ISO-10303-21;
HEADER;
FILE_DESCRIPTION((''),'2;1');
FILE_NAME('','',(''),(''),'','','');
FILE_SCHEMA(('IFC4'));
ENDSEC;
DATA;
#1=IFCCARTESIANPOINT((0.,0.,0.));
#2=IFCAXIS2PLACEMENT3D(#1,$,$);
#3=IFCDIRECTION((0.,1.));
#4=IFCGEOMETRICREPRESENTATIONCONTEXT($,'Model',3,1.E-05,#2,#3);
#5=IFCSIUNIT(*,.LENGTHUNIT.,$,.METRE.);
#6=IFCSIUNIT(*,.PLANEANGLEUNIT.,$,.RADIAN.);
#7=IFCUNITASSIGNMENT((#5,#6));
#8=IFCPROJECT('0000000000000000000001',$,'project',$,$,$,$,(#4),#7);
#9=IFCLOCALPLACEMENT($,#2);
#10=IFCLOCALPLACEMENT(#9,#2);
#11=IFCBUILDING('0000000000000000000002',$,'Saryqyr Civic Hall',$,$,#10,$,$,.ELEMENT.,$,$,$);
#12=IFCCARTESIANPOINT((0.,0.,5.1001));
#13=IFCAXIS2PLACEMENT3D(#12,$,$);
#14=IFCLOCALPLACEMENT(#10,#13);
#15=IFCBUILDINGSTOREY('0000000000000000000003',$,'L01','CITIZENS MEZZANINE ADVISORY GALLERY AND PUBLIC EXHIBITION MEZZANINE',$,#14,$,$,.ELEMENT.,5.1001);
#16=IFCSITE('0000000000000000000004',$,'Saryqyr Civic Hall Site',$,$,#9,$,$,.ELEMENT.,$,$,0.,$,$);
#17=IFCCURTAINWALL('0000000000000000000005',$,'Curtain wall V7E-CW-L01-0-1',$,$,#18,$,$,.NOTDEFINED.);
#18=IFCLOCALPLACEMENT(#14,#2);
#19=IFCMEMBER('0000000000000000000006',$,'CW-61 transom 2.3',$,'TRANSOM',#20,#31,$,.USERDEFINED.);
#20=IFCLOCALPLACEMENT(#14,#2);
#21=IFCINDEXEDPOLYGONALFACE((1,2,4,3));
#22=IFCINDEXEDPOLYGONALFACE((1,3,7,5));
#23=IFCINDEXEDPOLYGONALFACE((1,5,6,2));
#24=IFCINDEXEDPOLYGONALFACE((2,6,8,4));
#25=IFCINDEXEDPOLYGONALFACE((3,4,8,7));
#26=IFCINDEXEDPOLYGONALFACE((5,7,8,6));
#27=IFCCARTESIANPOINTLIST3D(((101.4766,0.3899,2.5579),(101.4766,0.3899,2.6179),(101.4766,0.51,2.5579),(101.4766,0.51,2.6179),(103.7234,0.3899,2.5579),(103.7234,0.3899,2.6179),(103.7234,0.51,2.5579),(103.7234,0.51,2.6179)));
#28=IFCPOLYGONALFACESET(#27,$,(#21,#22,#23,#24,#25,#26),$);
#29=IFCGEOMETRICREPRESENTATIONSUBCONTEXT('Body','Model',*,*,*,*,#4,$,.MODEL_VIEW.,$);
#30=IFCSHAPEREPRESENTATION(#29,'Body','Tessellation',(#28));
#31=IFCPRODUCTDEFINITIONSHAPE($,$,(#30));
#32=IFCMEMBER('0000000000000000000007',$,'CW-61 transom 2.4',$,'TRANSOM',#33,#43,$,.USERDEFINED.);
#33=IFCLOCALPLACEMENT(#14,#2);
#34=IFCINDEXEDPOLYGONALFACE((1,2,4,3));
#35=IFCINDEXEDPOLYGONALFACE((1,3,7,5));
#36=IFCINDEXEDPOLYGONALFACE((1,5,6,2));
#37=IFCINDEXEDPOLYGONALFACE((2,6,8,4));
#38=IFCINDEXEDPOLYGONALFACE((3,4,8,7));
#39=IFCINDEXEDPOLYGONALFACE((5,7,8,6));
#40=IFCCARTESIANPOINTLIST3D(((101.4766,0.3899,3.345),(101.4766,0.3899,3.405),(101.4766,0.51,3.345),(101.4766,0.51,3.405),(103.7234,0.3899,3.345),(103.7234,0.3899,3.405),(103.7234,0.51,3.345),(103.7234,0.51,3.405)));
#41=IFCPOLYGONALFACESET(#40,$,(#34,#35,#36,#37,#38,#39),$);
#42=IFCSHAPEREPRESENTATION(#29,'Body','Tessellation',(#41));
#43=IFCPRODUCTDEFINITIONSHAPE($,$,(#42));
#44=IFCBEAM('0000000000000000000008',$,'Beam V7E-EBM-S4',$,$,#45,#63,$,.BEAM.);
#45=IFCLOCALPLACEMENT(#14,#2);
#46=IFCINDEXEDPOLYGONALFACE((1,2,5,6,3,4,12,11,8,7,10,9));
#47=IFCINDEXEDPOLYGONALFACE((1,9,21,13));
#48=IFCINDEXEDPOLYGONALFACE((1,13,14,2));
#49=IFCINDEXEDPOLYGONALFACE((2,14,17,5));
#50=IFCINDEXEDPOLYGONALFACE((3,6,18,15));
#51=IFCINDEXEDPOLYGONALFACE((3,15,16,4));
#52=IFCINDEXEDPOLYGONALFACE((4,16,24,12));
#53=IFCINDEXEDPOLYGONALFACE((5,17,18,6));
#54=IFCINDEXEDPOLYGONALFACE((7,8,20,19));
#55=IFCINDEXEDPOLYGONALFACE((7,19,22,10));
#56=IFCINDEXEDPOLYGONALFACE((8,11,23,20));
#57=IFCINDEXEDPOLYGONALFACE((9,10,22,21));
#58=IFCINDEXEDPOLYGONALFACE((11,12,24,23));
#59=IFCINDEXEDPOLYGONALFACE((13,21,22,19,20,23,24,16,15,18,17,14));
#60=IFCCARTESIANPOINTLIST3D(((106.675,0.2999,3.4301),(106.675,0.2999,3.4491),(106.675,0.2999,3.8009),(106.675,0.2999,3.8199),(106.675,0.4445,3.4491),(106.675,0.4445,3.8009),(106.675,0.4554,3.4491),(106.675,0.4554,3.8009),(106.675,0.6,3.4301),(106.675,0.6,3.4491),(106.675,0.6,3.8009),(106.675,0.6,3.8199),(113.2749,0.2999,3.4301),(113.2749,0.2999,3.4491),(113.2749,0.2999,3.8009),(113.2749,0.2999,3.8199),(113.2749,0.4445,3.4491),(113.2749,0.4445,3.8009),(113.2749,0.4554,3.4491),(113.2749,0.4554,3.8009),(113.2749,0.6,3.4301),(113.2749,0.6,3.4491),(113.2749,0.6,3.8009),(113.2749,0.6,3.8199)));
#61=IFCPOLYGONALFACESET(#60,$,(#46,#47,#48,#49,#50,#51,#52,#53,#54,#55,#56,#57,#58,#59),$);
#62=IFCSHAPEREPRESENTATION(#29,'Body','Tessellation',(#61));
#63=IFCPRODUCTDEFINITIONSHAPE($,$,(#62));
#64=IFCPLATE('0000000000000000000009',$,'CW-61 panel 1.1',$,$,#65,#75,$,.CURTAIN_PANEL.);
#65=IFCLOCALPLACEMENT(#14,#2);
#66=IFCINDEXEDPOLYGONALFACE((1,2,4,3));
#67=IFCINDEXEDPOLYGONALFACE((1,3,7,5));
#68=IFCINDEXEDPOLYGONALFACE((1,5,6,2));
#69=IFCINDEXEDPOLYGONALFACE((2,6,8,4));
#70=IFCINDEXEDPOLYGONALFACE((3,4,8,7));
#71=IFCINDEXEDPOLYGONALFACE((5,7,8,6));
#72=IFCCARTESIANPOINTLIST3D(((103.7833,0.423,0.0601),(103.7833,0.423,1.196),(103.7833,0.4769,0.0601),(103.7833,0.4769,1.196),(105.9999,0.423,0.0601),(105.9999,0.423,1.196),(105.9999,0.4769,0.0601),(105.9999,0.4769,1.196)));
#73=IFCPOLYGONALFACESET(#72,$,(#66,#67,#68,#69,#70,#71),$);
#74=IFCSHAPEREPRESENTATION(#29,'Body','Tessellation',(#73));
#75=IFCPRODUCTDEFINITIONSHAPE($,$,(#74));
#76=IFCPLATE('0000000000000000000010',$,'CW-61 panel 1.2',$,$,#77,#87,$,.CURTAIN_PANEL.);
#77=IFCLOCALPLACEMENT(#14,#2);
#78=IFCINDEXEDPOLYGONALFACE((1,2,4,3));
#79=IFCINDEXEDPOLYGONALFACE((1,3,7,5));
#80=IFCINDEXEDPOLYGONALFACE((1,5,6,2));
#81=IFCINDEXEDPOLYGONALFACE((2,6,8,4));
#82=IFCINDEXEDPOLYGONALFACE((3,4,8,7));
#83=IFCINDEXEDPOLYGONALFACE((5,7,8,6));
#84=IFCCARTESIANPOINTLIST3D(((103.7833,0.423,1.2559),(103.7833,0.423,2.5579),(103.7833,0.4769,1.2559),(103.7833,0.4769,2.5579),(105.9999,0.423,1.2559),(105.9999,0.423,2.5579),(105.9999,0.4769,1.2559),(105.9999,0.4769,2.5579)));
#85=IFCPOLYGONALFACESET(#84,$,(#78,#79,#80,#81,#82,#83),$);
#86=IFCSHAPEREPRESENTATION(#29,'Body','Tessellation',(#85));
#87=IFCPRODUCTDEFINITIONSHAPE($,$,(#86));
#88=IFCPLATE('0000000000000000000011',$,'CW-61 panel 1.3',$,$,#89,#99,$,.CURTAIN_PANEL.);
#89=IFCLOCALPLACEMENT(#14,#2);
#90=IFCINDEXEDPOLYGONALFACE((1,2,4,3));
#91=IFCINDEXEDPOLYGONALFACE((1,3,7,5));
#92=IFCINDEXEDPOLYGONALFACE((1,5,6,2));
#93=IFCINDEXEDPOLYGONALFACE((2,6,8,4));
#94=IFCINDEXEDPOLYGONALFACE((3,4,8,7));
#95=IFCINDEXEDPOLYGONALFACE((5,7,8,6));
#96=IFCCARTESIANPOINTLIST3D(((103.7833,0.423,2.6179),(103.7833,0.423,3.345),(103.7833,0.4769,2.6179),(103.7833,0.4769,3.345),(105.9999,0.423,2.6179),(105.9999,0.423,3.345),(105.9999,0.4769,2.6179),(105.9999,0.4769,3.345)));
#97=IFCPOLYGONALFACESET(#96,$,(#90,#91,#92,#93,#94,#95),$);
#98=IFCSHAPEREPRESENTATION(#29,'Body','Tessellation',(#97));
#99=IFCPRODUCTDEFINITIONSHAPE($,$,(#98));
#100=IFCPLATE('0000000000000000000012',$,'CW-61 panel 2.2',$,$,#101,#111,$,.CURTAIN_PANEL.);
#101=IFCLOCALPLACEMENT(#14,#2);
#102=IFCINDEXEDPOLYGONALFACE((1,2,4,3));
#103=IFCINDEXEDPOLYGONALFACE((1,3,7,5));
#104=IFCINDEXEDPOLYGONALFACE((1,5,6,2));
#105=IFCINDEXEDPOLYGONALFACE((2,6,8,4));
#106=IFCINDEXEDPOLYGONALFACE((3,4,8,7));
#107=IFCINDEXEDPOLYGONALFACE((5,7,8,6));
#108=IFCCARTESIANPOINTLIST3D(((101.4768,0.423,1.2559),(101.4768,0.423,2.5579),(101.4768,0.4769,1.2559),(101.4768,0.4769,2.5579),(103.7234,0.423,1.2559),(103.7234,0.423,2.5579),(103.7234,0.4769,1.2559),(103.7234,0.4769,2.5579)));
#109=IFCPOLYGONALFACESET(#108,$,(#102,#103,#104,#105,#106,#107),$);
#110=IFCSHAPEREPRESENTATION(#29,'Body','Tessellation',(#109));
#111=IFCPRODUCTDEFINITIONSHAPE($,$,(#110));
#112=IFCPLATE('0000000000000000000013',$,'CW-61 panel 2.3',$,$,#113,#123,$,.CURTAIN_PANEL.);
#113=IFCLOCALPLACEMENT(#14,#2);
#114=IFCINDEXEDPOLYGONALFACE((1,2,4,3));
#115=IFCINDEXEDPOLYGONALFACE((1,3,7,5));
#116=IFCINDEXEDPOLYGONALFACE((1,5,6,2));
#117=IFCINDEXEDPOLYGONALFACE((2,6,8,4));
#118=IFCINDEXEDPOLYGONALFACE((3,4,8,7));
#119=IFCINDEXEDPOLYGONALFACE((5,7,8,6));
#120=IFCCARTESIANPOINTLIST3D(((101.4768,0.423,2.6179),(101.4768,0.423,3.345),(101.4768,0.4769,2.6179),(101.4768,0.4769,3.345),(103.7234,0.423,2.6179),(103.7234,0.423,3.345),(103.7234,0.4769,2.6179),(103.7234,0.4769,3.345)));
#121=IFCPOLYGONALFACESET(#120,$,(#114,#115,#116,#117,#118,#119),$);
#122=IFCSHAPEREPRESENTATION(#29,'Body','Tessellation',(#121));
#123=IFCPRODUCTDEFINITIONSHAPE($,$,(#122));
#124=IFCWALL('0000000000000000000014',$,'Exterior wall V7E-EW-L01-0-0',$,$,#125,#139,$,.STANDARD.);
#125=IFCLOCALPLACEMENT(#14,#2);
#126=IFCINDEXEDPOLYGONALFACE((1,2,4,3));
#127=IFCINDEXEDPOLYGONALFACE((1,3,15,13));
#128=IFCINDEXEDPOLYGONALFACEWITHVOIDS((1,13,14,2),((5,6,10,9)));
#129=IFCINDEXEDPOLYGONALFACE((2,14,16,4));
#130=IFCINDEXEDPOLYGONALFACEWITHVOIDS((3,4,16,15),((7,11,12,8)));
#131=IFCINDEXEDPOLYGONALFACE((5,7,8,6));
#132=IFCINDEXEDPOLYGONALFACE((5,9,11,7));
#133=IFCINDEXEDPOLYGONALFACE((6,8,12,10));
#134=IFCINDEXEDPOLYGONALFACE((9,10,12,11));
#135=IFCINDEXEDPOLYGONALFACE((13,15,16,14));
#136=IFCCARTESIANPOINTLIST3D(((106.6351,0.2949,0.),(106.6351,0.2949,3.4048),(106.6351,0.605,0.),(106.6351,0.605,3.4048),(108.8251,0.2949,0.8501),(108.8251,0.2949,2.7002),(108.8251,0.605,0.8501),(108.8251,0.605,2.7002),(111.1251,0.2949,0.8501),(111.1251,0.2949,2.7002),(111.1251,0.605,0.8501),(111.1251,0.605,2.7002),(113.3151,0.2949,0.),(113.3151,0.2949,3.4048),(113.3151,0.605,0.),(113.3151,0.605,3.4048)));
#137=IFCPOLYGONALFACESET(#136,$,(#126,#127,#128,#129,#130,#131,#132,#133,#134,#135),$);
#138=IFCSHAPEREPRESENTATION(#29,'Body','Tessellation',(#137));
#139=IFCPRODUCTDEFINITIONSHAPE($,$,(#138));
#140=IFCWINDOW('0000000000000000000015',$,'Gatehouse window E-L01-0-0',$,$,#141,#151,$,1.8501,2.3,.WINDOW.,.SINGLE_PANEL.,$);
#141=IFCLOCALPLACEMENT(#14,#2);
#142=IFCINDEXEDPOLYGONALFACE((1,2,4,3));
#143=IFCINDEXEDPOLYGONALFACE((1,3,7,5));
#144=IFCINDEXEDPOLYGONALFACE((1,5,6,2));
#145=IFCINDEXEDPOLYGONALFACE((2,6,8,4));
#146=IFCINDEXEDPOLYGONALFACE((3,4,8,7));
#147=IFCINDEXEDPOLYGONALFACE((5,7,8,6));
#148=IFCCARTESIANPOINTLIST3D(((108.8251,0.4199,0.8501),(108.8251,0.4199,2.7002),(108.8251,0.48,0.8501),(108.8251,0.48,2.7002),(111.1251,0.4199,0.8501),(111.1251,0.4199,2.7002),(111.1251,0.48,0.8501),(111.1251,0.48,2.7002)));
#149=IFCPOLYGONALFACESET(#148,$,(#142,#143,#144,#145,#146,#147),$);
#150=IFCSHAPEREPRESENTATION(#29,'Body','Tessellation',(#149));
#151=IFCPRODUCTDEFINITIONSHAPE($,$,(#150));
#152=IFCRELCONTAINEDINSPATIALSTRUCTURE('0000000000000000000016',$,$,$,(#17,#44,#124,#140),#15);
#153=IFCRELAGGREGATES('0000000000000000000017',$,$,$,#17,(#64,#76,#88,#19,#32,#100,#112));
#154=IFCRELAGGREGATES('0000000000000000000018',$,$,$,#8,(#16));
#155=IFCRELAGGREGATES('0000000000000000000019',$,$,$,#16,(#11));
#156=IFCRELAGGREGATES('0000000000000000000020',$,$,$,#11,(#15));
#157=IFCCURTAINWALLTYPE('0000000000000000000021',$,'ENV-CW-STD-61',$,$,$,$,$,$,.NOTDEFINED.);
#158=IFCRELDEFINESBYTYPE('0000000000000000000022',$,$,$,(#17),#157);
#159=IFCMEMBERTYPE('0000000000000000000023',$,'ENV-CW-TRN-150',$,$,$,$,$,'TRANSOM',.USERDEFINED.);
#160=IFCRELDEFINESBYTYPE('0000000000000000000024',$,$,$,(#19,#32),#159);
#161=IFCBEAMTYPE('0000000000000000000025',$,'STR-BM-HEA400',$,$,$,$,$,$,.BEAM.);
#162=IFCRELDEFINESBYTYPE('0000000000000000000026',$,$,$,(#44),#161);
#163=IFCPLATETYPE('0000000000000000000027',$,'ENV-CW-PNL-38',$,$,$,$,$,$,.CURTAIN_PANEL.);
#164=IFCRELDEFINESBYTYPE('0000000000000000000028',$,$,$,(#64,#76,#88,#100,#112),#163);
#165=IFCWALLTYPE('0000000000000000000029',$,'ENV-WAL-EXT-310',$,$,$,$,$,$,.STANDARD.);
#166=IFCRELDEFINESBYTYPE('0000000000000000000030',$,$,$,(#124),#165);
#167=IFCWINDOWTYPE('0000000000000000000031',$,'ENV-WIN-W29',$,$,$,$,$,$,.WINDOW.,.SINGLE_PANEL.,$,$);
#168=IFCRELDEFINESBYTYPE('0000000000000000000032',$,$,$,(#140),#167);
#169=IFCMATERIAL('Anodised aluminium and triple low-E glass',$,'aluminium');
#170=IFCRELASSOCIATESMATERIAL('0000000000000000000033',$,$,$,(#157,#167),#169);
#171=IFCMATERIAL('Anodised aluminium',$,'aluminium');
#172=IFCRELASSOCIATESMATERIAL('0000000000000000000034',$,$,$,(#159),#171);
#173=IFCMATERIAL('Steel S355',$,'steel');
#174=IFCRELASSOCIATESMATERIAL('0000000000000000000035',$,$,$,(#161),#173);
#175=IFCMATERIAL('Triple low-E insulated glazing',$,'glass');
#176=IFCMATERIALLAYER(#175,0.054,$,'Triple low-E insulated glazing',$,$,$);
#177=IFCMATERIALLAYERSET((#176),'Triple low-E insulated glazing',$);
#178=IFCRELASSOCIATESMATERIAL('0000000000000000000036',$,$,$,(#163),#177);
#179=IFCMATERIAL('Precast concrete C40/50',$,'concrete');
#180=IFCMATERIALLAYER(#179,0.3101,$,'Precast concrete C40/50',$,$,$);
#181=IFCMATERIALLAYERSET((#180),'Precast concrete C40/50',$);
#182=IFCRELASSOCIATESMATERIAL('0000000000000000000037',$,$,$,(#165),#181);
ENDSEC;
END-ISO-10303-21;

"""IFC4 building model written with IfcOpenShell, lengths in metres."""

from ifc_helpers import new_model, si_unit, direction, frame, frame_2d, origin, origin_2d, place, context, subcontext, project, spatial, rectangle, i_section, extrude, material, layer, layer_set, material_profile, profile_set, type_object, element, fill, aggregate, save


model = new_model("IFC4")

# Units and contexts
model_context = context("Model", 3, precision=1e-05, world=origin(), true_north=direction((0.0, 1.0)))
body_context = subcontext(model_context, "Body", "Model", "MODEL_VIEW")
ifc_project = project(units=[si_unit("LENGTHUNIT", "METRE"), si_unit("PLANEANGLEUNIT", "RADIAN")], contexts=[model_context])

# Site, building, storey
site_placement = place(None, origin())
site = spatial("IfcSite", under=ifc_project, at=site_placement, Name="Saryqyr Civic Hall Site", CompositionType="ELEMENT", RefElevation=0.0)
building_placement = place(site_placement, origin())
building = spatial("IfcBuilding", under=site, at=building_placement, Name="Saryqyr Civic Hall", CompositionType="ELEMENT")
storey_placement = place(building_placement, frame((0.0, 0.0, 5.1001)))
storey = spatial("IfcBuildingStorey", under=building, at=storey_placement, Name="L01", Description="CITIZENS MEZZANINE ADVISORY GALLERY AND PUBLIC EXHIBITION MEZZANINE", CompositionType="ELEMENT", Elevation=5.1001)

# Curtain wall, members
ifc_material_1 = material(Name="Anodised aluminium and triple low-E glass", Category="aluminium")
curtain_wall_type = type_object("IfcCurtainWallType", Name="ENV-CW-STD-61", PredefinedType="NOTDEFINED", material=ifc_material_1)
curtain_wall_placement = place(storey_placement, origin())
curtain_wall = element("IfcCurtainWall", 1, at=curtain_wall_placement, inside=storey, type_object=curtain_wall_type, Name="Curtain wall V7E-CW-L01-0-1", PredefinedType="NOTDEFINED")
ifc_material_2 = material(Name="Anodised aluminium", Category="aluminium")
ifc_material_profile_1 = material_profile(ifc_material_2, rectangle(XDim=0.1201, YDim=0.0601, at=origin_2d()), Name="ALU TRANSOM 120x60")
ifc_profile_set_1 = profile_set([ifc_material_profile_1], Name="Anodised aluminium")
member_type_1 = type_object("IfcMemberType", Name="ENV-CW-TRN-150", ElementType="TRANSOM", PredefinedType="USERDEFINED", material=ifc_profile_set_1)
member_1_placement = place(storey_placement, frame((103.7234, 0.45, 2.5879), z_axis=(-1.0, 0.0, 0.0), x_axis=(0.0, -1.0, 0.0)))
member_1 = element("IfcMember", 2, at=member_1_placement, type_object=member_type_1, Name="CW-61 transom 2.3", ObjectType="TRANSOM", PredefinedType="USERDEFINED", context=body_context, shape_type="SweptSolid", body=[
    extrude(rectangle(XDim=0.1201, YDim=0.0601, at=origin_2d()), origin(), (0.0, 0.0, 1.0), 2.2468),
])
member_2_placement = place(storey_placement, frame((103.7234, 0.45, 3.375), z_axis=(-1.0, 0.0, 0.0), x_axis=(0.0, -1.0, 0.0)))
member_2 = element("IfcMember", 3, at=member_2_placement, type_object=member_type_1, Name="CW-61 transom 2.4", ObjectType="TRANSOM", PredefinedType="USERDEFINED", context=body_context, shape_type="SweptSolid", body=[
    extrude(rectangle(XDim=0.1201, YDim=0.0601, at=origin_2d()), origin(), (0.0, 0.0, 1.0), 2.2468),
])

# Beam
ifc_material_3 = material(Name="Steel S355", Category="steel")
ifc_material_profile_2 = material_profile(ifc_material_3, i_section(OverallWidth=0.3, OverallDepth=0.3899, WebThickness=0.011, FlangeThickness=0.019, at=origin_2d()), Name="HEA 400")
ifc_profile_set_2 = profile_set([ifc_material_profile_2], Name="Steel S355")
beam_type = type_object("IfcBeamType", Name="STR-BM-HEA400", PredefinedType="BEAM", material=ifc_profile_set_2)
beam_placement = place(storey_placement, frame((106.675, 0.45, 3.625), z_axis=(1.0, 0.0, 0.0), x_axis=(0.0, 1.0, 0.0)))
element("IfcBeam", 4, at=beam_placement, inside=storey, type_object=beam_type, Name="Beam V7E-EBM-S4", PredefinedType="BEAM", context=body_context, shape_type="SweptSolid", body=[
    extrude(i_section(OverallWidth=0.3, OverallDepth=0.3899, WebThickness=0.011, FlangeThickness=0.019, at=origin_2d()), origin(), (0.0, 0.0, 1.0), 6.5999),
])

# Plates
ifc_material_4 = material(Name="Triple low-E insulated glazing", Category="glass")
ifc_layer_1 = layer(ifc_material_4, 0.054, Name="Triple low-E insulated glazing")
ifc_layer_set_1 = layer_set([ifc_layer_1], Name="Triple low-E insulated glazing")
plate_type = type_object("IfcPlateType", Name="ENV-CW-PNL-38", PredefinedType="CURTAIN_PANEL", material=ifc_layer_set_1)
plate_1_placement = place(storey_placement, frame((104.8916, 0.45, 0.0601), z_axis=(0.0, 0.0, 1.0), x_axis=(-1.0, 0.0, 0.0)))
plate_1 = element("IfcPlate", 5, at=plate_1_placement, type_object=plate_type, Name="CW-61 panel 1.1", PredefinedType="CURTAIN_PANEL", context=body_context, shape_type="SweptSolid", body=[
    extrude(rectangle(XDim=2.2166, YDim=0.054, at=origin_2d()), origin(), (0.0, 0.0, 1.0), 1.136),
])
plate_2_placement = place(storey_placement, frame((104.8916, 0.45, 1.2559), z_axis=(0.0, 0.0, 1.0), x_axis=(-1.0, 0.0, 0.0)))
plate_2 = element("IfcPlate", 6, at=plate_2_placement, type_object=plate_type, Name="CW-61 panel 1.2", PredefinedType="CURTAIN_PANEL", context=body_context, shape_type="SweptSolid", body=[
    extrude(rectangle(XDim=2.2166, YDim=0.054, at=origin_2d()), origin(), (0.0, 0.0, 1.0), 1.302),
])
plate_3_placement = place(storey_placement, frame((104.8916, 0.45, 2.6179), z_axis=(0.0, 0.0, 1.0), x_axis=(-1.0, 0.0, 0.0)))
plate_3 = element("IfcPlate", 7, at=plate_3_placement, type_object=plate_type, Name="CW-61 panel 1.3", PredefinedType="CURTAIN_PANEL", context=body_context, shape_type="SweptSolid", body=[
    extrude(rectangle(XDim=2.2166, YDim=0.054, at=origin_2d()), origin(), (0.0, 0.0, 1.0), 0.7271),
])
plate_4_placement = place(storey_placement, frame((102.6001, 0.45, 1.2559), z_axis=(0.0, 0.0, 1.0), x_axis=(-1.0, 0.0, 0.0)))
plate_4 = element("IfcPlate", 8, at=plate_4_placement, type_object=plate_type, Name="CW-61 panel 2.2", PredefinedType="CURTAIN_PANEL", context=body_context, shape_type="SweptSolid", body=[
    extrude(rectangle(XDim=2.2466, YDim=0.054, at=origin_2d()), origin(), (0.0, 0.0, 1.0), 1.302),
])
plate_5_placement = place(storey_placement, frame((102.6001, 0.45, 2.6179), z_axis=(0.0, 0.0, 1.0), x_axis=(-1.0, 0.0, 0.0)))
plate_5 = element("IfcPlate", 9, at=plate_5_placement, type_object=plate_type, Name="CW-61 panel 2.3", PredefinedType="CURTAIN_PANEL", context=body_context, shape_type="SweptSolid", body=[
    extrude(rectangle(XDim=2.2466, YDim=0.054, at=origin_2d()), origin(), (0.0, 0.0, 1.0), 0.7271),
])
aggregate(curtain_wall, [plate_1, plate_2, plate_3, member_1, member_2, plate_4, plate_5])

# Wall, opening, window
ifc_material_5 = material(Name="Precast concrete C40/50", Category="concrete")
ifc_layer_2 = layer(ifc_material_5, 0.3101, Name="Precast concrete C40/50")
ifc_layer_set_2 = layer_set([ifc_layer_2], Name="Precast concrete C40/50")
wall_type_1 = type_object("IfcWallType", Name="ENV-WAL-EXT-310", PredefinedType="STANDARD", material=ifc_layer_set_2)
wall_1_placement = place(storey_placement, frame((113.3149, 0.45, 0.0), z_axis=(0.0, 0.0, 1.0), x_axis=(-1.0, 0.0, 0.0)))
wall_1 = element("IfcWall", 10, at=wall_1_placement, inside=storey, type_object=wall_type_1, Name="Exterior wall V7E-EW-L01-0-0", PredefinedType="STANDARD", context=body_context, shape_type="SweptSolid", body=[
    extrude(rectangle(XDim=6.6799, YDim=0.3101, at=frame_2d((3.3398, 0.0))), origin(), (0.0, 0.0, 1.0), 3.4048),
])
opening_1_placement = place(wall_1_placement, frame((2.1899, 0.0, 0.8501)))
opening_1 = element("IfcOpeningElement", 11, at=opening_1_placement, cuts=wall_1, PredefinedType="OPENING", context=body_context, shape_type="SweptSolid", body=[
    extrude(rectangle(XDim=2.3, YDim=1.8501, at=frame_2d((1.1499, 0.925))), frame((0.0, 0.165, 0.0), z_axis=(0.0, -1.0, 0.0), x_axis=(1.0, 0.0, 0.0)), (0.0, 0.0, 1.0), 0.3301),
])
window_type = type_object("IfcWindowType", Name="ENV-WIN-W29", PartitioningType="SINGLE_PANEL", PredefinedType="WINDOW", material=ifc_material_1)
window_placement = place(opening_1_placement, origin())
window = element("IfcWindow", 12, at=window_placement, inside=storey, type_object=window_type, Name="Gatehouse window E-L01-0-0", OverallHeight=1.8501, OverallWidth=2.3, PartitioningType="SINGLE_PANEL", PredefinedType="WINDOW", context=body_context, shape_type="SweptSolid", body=[
    extrude(rectangle(XDim=2.3, YDim=1.8501, at=frame_2d((1.1499, 0.925))), frame((0.0, 0.03, 0.0), z_axis=(0.0, -1.0, 0.0), x_axis=(1.0, 0.0, 0.0)), (0.0, 0.0, 1.0), 0.0601),
])
fill(opening_1, window)

save(model, "model.ifc")
